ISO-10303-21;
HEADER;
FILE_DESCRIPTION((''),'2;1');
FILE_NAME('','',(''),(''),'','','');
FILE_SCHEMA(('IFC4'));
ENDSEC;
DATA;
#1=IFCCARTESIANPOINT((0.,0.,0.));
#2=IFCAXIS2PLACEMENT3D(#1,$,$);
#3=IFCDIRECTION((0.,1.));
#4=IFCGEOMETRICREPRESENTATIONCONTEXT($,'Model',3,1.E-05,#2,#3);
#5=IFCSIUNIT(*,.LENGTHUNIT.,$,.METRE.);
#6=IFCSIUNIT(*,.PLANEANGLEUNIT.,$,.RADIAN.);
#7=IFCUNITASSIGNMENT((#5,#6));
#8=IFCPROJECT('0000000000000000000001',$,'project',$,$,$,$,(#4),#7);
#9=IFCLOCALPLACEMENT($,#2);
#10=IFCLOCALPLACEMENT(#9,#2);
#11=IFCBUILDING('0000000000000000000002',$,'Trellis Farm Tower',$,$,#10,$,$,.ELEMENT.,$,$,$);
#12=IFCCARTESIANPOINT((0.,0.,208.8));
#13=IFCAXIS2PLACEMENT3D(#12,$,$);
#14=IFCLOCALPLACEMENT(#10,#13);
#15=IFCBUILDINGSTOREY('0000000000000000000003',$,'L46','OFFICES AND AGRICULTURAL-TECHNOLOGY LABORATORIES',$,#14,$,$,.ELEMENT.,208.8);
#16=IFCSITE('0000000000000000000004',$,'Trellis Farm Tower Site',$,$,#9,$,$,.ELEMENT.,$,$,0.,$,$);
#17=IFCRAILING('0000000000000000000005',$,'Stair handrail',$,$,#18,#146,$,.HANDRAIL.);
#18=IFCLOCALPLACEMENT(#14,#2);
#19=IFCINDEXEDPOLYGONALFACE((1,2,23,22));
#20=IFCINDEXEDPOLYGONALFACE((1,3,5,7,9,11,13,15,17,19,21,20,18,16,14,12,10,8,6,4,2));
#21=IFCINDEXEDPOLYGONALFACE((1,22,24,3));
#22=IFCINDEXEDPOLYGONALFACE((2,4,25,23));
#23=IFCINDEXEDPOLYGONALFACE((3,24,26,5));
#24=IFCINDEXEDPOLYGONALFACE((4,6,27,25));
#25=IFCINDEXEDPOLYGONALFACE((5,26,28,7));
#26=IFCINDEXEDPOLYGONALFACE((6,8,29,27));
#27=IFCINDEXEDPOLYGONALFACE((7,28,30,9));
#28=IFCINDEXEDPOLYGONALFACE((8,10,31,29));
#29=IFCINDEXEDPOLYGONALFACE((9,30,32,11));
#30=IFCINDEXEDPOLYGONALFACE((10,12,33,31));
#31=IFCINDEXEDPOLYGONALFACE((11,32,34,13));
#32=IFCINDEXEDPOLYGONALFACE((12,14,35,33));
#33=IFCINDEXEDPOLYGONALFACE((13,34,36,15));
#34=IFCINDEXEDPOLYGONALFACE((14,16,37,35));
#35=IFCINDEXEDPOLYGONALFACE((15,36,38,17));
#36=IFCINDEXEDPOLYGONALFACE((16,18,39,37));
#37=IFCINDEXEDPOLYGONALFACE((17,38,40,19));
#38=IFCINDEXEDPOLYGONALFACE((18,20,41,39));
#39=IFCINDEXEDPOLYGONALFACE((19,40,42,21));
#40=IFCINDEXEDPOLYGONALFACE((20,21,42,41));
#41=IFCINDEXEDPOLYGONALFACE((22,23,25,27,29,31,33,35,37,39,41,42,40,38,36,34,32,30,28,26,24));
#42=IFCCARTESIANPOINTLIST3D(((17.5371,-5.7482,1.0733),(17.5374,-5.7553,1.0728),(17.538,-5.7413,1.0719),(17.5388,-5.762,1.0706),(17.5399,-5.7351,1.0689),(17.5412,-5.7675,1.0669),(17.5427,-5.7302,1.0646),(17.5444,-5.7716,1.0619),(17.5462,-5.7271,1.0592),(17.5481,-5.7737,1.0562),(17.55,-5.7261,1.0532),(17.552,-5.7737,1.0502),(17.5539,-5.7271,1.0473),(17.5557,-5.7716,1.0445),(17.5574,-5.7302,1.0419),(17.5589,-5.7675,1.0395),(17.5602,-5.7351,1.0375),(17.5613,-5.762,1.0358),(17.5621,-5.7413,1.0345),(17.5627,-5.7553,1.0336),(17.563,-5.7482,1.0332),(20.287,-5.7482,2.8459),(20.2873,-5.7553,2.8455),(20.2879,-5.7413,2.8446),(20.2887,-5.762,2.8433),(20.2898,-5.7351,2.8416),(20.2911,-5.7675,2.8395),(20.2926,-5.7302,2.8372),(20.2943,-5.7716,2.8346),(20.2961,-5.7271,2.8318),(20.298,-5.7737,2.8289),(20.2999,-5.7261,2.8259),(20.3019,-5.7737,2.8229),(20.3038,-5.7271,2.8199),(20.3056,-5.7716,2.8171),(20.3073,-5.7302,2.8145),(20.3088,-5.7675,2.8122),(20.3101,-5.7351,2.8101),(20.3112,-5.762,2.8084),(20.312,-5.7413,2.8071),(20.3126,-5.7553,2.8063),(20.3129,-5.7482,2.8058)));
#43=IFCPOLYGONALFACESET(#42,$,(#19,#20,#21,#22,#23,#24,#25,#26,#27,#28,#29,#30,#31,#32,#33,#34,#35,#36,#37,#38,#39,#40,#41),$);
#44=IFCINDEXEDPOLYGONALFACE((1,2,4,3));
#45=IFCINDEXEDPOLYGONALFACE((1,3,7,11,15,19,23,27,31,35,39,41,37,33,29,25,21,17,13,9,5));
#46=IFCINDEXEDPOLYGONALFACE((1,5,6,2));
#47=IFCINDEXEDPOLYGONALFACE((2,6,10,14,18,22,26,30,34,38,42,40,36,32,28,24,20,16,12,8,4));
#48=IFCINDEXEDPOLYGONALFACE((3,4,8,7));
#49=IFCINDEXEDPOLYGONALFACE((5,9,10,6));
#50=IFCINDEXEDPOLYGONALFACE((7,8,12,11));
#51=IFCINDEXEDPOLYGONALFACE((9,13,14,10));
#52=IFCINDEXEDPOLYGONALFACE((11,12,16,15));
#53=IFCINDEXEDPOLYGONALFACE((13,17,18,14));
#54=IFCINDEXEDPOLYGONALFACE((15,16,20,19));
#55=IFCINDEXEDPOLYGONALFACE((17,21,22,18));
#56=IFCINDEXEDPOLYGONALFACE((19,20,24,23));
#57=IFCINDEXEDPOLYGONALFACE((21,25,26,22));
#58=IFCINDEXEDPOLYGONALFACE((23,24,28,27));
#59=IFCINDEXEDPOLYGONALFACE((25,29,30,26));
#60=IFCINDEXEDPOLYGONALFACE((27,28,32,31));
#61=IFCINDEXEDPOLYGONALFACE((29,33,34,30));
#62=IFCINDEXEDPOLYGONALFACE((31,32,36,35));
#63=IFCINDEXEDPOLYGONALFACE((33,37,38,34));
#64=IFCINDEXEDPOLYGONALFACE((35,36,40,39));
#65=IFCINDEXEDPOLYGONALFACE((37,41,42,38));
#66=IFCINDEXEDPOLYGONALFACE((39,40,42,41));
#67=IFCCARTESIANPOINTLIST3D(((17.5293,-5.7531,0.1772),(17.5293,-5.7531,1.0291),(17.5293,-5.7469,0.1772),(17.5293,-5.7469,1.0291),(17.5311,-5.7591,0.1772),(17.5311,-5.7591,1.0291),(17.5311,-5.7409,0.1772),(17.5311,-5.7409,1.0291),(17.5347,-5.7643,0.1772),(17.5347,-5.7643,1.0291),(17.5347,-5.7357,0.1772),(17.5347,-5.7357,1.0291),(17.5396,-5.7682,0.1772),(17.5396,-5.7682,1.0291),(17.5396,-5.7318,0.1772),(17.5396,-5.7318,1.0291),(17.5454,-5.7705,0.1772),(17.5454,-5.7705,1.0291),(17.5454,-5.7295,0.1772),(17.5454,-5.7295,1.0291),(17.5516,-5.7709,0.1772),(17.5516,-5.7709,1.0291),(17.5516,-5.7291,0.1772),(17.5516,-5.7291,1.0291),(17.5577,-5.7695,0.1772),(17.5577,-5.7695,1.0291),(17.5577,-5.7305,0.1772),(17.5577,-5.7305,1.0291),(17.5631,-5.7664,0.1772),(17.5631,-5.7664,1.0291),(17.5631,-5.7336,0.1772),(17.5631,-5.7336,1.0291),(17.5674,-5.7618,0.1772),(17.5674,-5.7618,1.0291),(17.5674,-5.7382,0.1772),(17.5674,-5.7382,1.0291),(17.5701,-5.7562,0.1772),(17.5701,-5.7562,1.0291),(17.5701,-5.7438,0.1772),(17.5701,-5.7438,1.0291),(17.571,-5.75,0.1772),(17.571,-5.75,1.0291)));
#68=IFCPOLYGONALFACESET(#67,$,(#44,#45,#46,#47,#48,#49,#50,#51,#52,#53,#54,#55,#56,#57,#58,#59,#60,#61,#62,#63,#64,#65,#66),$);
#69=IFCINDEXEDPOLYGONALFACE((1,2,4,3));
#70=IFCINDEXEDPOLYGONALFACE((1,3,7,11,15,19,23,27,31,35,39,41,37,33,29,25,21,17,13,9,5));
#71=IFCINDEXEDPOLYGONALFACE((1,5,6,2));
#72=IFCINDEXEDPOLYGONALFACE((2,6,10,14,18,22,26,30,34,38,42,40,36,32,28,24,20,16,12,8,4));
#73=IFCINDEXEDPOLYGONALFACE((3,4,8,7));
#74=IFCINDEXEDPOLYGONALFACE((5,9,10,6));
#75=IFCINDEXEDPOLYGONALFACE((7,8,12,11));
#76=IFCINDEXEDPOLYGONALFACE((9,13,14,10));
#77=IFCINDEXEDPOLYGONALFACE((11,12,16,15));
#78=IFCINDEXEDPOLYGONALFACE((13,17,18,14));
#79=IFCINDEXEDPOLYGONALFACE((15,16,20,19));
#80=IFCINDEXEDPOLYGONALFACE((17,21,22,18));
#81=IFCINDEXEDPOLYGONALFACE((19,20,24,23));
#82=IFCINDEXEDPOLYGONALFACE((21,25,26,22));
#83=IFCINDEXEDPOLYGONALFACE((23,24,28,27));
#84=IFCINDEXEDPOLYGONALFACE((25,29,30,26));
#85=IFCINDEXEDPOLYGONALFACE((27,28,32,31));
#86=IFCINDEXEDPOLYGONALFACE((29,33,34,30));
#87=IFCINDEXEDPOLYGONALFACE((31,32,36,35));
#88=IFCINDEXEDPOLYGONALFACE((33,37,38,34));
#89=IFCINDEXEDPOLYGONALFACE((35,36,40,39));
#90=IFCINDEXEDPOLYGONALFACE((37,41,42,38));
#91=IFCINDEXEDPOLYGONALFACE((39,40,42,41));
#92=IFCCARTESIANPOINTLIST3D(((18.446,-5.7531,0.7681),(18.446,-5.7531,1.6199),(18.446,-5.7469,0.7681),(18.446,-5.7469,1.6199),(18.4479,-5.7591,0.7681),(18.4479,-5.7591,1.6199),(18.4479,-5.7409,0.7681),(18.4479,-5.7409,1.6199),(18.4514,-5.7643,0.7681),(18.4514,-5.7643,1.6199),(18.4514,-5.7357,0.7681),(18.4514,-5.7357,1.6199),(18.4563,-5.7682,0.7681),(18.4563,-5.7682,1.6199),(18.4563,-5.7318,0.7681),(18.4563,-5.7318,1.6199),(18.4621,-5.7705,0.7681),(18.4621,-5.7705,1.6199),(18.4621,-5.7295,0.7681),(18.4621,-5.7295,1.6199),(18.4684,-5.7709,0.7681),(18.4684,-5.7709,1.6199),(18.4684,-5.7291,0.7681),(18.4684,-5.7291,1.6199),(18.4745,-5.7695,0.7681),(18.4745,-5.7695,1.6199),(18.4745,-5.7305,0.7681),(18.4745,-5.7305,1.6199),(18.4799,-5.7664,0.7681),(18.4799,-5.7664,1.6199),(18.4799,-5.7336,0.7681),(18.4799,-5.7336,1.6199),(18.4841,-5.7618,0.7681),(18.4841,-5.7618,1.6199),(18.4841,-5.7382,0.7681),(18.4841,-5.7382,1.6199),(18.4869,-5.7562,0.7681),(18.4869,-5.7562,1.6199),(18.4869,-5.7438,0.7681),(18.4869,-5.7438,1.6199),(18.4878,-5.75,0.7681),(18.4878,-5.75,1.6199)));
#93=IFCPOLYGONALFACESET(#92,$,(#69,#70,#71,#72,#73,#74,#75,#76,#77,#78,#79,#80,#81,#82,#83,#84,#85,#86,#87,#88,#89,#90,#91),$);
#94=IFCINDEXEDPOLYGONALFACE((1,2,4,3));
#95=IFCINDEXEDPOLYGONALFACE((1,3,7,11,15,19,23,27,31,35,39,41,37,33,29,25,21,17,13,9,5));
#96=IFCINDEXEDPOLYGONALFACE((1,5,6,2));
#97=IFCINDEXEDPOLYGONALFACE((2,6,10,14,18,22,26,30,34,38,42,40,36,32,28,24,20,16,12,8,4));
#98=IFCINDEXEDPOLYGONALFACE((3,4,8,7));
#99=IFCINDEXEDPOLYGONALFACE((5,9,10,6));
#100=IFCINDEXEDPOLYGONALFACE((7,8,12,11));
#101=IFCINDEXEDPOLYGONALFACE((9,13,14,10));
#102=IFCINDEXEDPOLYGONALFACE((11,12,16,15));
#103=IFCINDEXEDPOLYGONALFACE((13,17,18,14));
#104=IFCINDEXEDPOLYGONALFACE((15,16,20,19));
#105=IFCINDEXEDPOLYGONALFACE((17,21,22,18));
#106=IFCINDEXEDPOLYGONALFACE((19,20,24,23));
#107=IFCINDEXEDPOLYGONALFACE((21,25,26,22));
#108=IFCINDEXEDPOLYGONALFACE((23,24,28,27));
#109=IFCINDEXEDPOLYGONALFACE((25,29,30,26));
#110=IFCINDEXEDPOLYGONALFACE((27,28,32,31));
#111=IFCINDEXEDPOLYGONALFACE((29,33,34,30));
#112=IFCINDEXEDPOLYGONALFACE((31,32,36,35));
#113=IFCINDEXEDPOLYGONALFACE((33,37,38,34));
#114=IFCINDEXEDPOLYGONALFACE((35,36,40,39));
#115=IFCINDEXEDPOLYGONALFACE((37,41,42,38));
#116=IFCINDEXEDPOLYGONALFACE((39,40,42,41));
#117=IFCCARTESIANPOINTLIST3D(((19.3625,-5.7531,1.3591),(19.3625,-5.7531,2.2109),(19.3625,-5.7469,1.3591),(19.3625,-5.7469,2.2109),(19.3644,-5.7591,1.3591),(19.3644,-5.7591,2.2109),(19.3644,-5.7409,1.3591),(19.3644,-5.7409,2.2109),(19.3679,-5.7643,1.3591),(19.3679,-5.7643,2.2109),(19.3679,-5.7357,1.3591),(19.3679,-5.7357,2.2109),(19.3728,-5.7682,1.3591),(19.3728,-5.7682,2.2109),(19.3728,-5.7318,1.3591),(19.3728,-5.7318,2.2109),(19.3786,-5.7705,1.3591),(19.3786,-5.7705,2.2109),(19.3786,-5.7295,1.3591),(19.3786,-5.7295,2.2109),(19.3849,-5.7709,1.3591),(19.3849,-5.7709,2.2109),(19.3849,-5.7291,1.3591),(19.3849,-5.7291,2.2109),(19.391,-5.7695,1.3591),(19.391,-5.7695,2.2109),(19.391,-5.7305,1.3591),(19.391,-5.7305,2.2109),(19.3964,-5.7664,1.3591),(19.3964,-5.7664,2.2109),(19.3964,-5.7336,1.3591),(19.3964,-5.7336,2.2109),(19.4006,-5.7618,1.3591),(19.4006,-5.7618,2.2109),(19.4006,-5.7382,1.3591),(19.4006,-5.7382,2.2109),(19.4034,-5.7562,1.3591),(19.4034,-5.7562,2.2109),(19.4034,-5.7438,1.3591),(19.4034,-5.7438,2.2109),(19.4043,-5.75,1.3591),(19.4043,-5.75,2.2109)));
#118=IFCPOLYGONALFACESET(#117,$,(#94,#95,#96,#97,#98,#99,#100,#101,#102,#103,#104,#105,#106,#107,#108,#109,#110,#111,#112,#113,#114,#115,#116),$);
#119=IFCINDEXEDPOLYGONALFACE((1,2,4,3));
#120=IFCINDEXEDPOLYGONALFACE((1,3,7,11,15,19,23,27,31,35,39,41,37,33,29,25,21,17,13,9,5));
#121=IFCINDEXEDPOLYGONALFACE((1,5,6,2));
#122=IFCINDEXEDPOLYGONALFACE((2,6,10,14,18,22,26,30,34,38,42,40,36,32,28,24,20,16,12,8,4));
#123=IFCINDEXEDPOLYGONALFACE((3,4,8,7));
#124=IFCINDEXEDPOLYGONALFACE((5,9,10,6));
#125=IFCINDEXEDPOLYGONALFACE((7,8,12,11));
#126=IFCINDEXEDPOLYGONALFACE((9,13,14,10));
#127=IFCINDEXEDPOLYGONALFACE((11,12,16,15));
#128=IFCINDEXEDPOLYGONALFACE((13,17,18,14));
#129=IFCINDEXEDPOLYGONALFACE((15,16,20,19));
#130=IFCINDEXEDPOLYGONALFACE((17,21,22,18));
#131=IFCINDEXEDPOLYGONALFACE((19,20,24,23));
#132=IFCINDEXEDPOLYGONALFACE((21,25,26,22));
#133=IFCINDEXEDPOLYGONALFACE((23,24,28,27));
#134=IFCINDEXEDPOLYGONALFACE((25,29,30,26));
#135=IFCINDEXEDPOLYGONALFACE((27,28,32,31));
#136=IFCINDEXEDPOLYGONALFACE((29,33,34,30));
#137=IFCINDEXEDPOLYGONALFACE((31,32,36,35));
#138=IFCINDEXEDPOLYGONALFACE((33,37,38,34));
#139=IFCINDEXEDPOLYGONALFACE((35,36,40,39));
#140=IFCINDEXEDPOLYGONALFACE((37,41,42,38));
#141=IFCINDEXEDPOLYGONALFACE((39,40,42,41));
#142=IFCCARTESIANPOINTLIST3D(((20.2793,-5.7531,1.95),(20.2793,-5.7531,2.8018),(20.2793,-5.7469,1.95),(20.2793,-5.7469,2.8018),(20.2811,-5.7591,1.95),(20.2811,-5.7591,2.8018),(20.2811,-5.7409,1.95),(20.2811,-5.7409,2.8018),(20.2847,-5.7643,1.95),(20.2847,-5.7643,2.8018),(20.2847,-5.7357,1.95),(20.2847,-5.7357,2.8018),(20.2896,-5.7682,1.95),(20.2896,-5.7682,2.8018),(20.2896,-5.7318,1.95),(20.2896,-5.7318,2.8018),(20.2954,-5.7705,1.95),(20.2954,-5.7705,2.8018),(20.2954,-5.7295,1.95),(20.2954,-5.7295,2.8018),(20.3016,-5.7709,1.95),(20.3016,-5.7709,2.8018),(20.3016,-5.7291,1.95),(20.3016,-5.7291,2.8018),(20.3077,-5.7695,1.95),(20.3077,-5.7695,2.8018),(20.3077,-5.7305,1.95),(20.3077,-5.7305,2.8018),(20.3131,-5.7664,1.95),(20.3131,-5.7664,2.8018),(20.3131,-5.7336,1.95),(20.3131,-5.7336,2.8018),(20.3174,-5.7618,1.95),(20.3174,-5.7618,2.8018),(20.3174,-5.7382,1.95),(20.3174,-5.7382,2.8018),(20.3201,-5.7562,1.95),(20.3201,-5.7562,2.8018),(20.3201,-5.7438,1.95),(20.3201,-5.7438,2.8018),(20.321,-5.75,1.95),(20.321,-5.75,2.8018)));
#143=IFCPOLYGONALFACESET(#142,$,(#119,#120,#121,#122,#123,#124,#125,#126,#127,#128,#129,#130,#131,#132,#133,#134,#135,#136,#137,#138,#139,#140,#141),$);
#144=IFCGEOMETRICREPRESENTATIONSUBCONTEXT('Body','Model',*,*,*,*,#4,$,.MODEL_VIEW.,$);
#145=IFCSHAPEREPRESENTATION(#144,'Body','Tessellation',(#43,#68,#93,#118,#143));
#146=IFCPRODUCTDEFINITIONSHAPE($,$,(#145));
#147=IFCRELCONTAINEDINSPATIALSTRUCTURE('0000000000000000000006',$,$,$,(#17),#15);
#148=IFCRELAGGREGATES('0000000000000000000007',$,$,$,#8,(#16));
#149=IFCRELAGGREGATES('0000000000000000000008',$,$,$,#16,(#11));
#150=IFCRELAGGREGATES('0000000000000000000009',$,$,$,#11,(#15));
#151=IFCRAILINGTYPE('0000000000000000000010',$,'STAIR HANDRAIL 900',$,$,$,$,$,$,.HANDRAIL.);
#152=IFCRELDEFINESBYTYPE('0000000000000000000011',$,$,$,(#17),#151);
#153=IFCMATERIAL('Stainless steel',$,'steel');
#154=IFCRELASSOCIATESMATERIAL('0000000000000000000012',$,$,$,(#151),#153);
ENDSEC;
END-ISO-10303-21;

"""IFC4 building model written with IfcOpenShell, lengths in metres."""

from ifc_helpers import new_model, si_unit, direction, frame, origin, origin_2d, place, context, subcontext, project, spatial, circle, extrude, source, transform, mapped, material, type_object, element, save


model = new_model("IFC4")

# Units and contexts
model_context = context("Model", 3, precision=1e-05, world=origin(), true_north=direction((0.0, 1.0)))
body_context = subcontext(model_context, "Body", "Model", "MODEL_VIEW")
ifc_project = project(units=[si_unit("LENGTHUNIT", "METRE"), si_unit("PLANEANGLEUNIT", "RADIAN")], contexts=[model_context])

# Site, building, storey
site_placement = place(None, origin())
site = spatial("IfcSite", under=ifc_project, at=site_placement, Name="Trellis Farm Tower Site", CompositionType="ELEMENT", RefElevation=0.0)
building_placement = place(site_placement, origin())
building = spatial("IfcBuilding", under=site, at=building_placement, Name="Trellis Farm Tower", CompositionType="ELEMENT")
storey_placement = place(building_placement, frame((0.0, 0.0, 208.8)))
storey = spatial("IfcBuildingStorey", under=building, at=storey_placement, Name="L46", Description="OFFICES AND AGRICULTURAL-TECHNOLOGY LABORATORIES", CompositionType="ELEMENT", Elevation=208.8)

# Railing
ifc_material_1 = material(Name="Stainless steel", Category="steel")
railing_type = type_object("IfcRailingType", Name="STAIR HANDRAIL 900", PredefinedType="HANDRAIL", material=ifc_material_1)
shared_shape_1 = source(origin(), body_context, "Body", "SweptSolid", [
    extrude(circle(Radius=0.0239, at=origin_2d()), frame((0.0, 0.0, 0.876), z_axis=(0.840504, 0.0, 0.541806), x_axis=(0.0, 1.0, 0.0)), (0.0, 0.0, 1.0), 3.2717),
    extrude(circle(Radius=0.021, at=origin_2d()), origin(), (0.0, 0.0, 1.0), 0.8518),
    extrude(circle(Radius=0.021, at=origin_2d()), frame((0.9167, 0.0, 0.5908)), (0.0, 0.0, 1.0), 0.8518),
    extrude(circle(Radius=0.021, at=origin_2d()), frame((1.8333, 0.0, 1.1819)), (0.0, 0.0, 1.0), 0.8518),
    extrude(circle(Radius=0.021, at=origin_2d()), frame((2.75, 0.0, 1.7727)), (0.0, 0.0, 1.0), 0.8518),
])
for number, where, name in (
    (1, (17.55, -5.75, 0.1772), "Stair handrail"),
):
    element("IfcRailing", number, at=place(storey_placement, frame(where)), inside=storey, type_object=railing_type, Name=name, PredefinedType="HANDRAIL", context=body_context, shape_type="MappedRepresentation", body=[
        mapped(shared_shape_1, transform((0.0, 0.0, 0.0))),
    ])

save(model, "model.ifc")
